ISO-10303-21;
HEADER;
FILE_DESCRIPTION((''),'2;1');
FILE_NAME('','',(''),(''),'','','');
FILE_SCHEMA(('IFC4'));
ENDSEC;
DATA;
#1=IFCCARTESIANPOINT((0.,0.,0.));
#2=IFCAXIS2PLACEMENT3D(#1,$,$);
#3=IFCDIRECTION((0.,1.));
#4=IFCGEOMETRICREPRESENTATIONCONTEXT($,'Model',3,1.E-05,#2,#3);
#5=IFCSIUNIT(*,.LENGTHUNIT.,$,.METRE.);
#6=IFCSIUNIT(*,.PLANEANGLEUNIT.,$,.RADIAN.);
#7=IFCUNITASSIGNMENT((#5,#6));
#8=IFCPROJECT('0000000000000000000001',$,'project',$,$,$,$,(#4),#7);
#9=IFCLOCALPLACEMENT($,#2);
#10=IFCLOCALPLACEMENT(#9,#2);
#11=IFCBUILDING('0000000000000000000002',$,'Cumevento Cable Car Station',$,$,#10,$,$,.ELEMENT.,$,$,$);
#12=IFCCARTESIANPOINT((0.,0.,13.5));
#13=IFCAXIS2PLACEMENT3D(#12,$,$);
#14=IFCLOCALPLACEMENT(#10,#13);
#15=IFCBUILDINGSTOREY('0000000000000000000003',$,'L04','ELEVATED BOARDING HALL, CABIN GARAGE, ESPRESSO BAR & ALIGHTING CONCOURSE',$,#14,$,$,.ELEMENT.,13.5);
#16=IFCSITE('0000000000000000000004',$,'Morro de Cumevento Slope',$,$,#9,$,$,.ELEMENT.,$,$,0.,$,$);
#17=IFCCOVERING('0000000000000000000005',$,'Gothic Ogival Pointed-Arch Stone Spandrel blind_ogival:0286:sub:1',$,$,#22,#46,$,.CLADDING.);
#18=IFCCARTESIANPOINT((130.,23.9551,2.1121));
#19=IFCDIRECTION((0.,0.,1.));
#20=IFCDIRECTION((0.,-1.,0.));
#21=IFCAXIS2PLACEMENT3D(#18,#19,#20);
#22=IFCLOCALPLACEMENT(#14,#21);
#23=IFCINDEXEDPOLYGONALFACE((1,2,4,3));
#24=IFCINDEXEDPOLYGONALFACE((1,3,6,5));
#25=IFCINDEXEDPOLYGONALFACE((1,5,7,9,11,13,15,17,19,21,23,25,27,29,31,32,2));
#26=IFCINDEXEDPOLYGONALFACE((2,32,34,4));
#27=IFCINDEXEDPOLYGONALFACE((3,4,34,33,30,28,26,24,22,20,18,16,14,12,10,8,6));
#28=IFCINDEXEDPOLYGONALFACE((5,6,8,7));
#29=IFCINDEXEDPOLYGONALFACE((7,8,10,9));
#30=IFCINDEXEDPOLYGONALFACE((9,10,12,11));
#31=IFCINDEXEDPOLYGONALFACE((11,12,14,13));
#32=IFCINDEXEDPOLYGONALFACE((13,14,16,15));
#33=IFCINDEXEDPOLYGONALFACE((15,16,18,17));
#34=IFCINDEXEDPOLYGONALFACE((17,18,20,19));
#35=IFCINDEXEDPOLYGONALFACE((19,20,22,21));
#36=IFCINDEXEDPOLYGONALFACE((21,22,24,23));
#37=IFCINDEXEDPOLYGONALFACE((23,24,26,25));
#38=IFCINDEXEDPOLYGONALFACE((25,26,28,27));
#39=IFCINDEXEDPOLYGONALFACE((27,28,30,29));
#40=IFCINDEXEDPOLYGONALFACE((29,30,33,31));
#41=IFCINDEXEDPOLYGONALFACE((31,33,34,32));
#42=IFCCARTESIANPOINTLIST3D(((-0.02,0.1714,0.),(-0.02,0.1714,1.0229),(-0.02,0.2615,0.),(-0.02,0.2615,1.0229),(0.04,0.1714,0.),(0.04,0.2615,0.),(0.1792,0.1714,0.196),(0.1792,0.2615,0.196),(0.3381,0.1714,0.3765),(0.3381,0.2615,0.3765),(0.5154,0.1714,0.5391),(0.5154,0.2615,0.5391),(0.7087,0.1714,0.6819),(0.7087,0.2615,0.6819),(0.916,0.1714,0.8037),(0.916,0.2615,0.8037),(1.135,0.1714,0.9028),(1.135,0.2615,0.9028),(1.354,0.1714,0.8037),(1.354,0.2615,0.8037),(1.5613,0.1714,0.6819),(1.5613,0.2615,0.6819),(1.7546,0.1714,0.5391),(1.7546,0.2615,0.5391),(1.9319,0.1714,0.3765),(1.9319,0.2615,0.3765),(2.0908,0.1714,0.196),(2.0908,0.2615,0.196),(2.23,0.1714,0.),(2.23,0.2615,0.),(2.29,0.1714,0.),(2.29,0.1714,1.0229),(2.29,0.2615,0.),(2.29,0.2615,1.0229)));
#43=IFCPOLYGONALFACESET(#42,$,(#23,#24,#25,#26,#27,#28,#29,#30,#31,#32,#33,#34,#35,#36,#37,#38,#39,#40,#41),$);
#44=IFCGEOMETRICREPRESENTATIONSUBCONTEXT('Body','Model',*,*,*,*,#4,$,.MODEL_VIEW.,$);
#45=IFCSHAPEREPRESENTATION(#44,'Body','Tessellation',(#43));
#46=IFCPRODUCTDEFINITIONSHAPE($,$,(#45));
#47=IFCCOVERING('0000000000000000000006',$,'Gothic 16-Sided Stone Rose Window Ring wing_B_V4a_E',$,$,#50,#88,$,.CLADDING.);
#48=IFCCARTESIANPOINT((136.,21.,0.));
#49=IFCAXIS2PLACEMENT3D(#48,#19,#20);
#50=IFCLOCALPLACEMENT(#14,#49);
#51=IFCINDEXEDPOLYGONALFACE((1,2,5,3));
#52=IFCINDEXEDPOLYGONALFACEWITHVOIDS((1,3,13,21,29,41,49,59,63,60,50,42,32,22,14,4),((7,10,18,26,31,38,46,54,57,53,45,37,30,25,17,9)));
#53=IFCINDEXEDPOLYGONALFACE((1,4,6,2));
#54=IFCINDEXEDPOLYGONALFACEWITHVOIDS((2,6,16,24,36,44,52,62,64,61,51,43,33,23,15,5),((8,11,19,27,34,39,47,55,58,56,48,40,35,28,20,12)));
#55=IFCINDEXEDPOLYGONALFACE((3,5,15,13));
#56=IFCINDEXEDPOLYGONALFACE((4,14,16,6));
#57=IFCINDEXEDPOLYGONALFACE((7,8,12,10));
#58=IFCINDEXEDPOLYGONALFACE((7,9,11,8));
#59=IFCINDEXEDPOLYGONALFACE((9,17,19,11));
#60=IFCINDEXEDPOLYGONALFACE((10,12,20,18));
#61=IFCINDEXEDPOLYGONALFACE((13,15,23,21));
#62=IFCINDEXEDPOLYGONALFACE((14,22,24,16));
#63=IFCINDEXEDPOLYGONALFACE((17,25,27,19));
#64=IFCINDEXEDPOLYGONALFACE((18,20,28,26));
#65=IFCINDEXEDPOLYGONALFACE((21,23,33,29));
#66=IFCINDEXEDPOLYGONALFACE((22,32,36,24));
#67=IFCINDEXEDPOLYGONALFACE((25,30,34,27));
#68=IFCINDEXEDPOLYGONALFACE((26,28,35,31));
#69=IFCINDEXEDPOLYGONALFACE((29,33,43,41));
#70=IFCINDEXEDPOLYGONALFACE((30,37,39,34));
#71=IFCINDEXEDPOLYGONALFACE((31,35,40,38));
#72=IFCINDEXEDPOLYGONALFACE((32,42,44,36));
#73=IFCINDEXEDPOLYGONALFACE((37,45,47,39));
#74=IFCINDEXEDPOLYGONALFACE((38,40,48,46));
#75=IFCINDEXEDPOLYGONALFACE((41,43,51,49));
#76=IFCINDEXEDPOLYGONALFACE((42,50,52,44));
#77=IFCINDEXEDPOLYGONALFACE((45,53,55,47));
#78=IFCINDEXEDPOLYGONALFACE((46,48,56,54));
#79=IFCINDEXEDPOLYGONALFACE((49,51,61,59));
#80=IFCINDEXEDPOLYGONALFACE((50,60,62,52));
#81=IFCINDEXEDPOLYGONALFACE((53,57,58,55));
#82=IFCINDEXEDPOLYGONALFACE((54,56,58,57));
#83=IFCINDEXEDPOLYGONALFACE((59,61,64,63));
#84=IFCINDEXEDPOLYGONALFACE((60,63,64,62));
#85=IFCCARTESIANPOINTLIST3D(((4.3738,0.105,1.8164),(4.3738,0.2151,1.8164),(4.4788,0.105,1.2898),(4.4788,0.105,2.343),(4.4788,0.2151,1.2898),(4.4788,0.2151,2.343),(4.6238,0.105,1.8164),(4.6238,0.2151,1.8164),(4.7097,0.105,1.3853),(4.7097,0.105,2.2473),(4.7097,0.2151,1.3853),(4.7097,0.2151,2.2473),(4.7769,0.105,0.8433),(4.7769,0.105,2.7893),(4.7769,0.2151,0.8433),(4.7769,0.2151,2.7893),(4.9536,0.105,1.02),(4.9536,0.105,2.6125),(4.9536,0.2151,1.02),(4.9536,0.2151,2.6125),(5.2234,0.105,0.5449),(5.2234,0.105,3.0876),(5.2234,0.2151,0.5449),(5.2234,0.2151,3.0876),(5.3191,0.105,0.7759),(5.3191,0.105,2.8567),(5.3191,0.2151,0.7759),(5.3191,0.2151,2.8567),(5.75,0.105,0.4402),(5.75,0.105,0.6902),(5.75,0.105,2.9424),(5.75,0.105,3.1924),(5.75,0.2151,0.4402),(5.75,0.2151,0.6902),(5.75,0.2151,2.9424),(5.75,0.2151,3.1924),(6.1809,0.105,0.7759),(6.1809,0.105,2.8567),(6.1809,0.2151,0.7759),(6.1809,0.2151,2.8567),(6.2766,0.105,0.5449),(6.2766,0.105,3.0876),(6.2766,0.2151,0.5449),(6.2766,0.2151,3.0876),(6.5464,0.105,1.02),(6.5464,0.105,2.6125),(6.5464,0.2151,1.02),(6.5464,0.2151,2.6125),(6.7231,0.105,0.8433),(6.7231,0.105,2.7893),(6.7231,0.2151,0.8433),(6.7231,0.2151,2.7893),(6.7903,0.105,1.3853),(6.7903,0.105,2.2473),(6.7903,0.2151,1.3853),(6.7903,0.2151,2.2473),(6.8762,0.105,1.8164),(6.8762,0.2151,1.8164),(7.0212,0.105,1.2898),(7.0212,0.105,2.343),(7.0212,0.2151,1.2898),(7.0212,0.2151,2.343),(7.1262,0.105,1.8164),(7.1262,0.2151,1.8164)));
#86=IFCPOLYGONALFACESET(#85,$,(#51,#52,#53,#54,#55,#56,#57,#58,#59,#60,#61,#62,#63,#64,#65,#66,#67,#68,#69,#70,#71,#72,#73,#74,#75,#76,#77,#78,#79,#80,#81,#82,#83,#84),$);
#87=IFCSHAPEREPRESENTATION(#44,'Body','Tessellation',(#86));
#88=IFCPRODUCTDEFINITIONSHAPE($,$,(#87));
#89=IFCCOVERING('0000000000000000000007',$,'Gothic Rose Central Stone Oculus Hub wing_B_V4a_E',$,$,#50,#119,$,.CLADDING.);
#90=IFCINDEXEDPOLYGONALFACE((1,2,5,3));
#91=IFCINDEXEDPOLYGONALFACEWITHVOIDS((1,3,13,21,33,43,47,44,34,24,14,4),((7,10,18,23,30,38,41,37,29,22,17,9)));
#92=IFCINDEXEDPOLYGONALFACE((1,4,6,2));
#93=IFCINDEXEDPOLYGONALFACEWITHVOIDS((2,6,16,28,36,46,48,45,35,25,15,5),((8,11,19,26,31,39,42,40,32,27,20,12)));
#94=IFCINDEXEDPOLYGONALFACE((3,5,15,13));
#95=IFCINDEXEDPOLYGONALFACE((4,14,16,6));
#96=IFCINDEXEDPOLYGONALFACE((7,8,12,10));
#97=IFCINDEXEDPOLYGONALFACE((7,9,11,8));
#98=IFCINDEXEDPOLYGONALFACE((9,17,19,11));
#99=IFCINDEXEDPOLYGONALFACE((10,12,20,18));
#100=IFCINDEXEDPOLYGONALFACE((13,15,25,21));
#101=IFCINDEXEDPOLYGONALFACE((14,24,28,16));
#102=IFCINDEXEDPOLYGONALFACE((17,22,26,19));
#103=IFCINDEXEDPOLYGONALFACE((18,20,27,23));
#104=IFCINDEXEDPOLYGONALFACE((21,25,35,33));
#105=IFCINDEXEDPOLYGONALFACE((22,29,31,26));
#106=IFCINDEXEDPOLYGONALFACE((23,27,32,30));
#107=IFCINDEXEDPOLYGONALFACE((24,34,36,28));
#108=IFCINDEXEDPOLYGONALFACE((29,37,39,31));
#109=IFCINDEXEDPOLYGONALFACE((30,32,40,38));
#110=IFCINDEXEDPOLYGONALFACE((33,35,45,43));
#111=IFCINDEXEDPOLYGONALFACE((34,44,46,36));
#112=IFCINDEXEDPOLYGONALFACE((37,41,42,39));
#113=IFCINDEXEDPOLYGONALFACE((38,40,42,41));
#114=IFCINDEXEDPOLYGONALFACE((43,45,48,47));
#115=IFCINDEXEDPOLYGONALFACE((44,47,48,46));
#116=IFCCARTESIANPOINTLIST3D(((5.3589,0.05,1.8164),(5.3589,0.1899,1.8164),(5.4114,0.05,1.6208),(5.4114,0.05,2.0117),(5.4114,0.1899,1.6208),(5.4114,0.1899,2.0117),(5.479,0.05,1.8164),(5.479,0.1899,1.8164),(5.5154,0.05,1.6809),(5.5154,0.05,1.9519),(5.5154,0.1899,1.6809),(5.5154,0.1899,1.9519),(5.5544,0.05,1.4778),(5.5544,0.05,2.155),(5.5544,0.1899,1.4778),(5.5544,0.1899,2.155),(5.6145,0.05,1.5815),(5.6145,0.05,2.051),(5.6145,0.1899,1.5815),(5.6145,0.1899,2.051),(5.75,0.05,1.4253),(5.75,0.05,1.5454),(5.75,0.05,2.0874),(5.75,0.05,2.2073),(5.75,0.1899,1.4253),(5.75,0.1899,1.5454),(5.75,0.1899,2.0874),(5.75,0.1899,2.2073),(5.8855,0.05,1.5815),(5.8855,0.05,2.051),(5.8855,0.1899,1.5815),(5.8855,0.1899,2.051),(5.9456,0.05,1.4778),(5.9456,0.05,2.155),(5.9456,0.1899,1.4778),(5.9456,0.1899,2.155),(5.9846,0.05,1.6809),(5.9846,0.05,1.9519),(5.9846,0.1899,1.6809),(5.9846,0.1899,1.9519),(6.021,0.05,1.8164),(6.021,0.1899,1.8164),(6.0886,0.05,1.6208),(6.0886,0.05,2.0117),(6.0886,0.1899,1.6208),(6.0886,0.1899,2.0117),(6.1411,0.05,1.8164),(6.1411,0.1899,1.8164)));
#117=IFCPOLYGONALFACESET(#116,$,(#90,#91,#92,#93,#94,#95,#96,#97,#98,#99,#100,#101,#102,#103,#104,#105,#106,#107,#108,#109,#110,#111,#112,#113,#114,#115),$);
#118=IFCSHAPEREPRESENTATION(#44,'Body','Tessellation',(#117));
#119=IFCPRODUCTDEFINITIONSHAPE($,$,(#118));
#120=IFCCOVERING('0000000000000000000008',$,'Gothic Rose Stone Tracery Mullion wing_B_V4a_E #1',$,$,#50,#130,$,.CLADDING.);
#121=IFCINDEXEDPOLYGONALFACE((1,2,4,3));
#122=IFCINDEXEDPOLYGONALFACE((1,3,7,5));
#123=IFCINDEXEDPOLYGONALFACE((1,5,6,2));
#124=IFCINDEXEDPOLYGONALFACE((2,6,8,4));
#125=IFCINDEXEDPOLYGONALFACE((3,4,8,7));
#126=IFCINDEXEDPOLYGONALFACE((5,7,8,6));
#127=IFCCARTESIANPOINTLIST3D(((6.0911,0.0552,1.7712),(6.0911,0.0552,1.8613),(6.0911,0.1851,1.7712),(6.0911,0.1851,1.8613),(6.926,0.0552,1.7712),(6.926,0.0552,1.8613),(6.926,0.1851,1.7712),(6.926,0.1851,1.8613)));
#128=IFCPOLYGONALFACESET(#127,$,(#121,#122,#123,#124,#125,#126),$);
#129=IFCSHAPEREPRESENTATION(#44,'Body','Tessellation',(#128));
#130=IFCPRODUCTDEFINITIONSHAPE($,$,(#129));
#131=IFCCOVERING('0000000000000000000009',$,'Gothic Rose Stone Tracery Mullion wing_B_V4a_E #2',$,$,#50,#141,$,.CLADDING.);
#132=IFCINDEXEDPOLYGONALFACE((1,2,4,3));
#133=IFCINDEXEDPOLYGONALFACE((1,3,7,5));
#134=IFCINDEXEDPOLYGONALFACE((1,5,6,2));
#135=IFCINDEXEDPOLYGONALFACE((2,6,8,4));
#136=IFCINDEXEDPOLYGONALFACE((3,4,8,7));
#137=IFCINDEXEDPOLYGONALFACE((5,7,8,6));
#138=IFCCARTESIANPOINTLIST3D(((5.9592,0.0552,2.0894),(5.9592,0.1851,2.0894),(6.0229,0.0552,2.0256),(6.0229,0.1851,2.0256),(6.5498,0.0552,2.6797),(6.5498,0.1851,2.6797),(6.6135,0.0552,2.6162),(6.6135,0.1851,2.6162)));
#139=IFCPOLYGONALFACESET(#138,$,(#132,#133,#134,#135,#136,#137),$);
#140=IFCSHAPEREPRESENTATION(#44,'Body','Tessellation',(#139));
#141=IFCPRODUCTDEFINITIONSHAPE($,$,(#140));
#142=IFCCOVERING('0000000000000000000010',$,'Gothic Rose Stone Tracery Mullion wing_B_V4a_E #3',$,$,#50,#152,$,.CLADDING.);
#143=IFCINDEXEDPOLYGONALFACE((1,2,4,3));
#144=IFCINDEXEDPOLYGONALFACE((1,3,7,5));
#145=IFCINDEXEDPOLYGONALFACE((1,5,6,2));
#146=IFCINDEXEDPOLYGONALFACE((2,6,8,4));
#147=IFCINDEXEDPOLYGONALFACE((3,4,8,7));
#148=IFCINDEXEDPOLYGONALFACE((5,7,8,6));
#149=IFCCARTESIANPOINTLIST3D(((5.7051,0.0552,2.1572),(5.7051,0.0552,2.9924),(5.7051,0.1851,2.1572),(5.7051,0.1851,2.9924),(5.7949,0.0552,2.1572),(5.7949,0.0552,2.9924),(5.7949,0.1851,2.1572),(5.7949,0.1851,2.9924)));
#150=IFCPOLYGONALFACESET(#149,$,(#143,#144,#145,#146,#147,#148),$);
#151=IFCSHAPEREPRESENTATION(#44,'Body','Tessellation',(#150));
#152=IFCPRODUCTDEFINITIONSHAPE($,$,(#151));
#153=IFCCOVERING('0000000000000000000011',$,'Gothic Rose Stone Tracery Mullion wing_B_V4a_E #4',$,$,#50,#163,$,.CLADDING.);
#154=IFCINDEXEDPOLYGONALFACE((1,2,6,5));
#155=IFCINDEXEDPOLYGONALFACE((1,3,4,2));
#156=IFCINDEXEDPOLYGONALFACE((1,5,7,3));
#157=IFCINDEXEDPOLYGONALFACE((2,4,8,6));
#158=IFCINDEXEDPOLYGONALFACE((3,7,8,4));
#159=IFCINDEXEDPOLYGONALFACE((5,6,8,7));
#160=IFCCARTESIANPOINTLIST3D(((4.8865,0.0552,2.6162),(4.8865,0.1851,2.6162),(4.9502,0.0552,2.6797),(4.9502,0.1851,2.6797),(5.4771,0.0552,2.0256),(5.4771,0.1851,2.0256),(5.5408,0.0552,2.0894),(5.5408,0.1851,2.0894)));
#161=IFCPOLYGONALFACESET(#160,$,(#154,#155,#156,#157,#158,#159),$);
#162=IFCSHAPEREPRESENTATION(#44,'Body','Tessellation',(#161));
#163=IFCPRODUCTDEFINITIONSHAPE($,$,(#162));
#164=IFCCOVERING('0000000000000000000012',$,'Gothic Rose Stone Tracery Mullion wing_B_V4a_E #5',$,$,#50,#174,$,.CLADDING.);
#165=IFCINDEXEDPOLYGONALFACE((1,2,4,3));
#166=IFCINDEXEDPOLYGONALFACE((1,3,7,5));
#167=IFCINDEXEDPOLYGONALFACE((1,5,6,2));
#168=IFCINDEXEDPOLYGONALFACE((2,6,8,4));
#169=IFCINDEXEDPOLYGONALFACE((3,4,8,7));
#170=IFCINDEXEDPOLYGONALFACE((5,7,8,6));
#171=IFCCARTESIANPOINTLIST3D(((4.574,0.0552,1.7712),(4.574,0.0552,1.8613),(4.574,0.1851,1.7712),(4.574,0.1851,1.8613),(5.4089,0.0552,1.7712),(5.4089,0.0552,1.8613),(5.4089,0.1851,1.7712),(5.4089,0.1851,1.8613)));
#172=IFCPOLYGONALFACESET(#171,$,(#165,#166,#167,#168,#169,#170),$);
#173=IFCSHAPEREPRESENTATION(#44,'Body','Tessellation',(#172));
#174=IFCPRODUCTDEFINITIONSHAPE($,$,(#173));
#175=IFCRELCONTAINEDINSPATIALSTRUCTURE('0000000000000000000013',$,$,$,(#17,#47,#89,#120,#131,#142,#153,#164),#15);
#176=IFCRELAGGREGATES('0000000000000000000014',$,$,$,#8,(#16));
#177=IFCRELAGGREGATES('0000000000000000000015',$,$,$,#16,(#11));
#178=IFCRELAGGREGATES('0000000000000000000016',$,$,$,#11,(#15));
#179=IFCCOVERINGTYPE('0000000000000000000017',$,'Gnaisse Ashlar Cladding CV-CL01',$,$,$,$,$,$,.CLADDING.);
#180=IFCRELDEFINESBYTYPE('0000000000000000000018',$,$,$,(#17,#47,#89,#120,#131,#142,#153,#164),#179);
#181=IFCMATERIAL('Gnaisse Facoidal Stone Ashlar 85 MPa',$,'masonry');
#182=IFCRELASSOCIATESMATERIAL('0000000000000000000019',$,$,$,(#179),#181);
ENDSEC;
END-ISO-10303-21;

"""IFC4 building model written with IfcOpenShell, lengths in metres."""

from ifc_helpers import new_model, si_unit, direction, frame, origin, place, context, subcontext, project, spatial, polyline, outline, extrude, material, type_object, element, save


model = new_model("IFC4")

# Units and contexts
model_context = context("Model", 3, precision=1e-05, world=origin(), true_north=direction((0.0, 1.0)))
body_context = subcontext(model_context, "Body", "Model", "MODEL_VIEW")
ifc_project = project(units=[si_unit("LENGTHUNIT", "METRE"), si_unit("PLANEANGLEUNIT", "RADIAN")], contexts=[model_context])

# Site, building, storey
site_placement = place(None, origin())
site = spatial("IfcSite", under=ifc_project, at=site_placement, Name="Morro de Cumevento Slope", CompositionType="ELEMENT", RefElevation=0.0)
building_placement = place(site_placement, origin())
building = spatial("IfcBuilding", under=site, at=building_placement, Name="Cumevento Cable Car Station", CompositionType="ELEMENT")
storey_placement = place(building_placement, frame((0.0, 0.0, 13.5)))
storey = spatial("IfcBuildingStorey", under=building, at=storey_placement, Name="L04", Description="ELEVATED BOARDING HALL, CABIN GARAGE, ESPRESSO BAR & ALIGHTING CONCOURSE", CompositionType="ELEMENT", Elevation=13.5)

# Coverings
ifc_material_1 = material(Name="Gnaisse Facoidal Stone Ashlar 85 MPa", Category="masonry")
covering_type = type_object("IfcCoveringType", Name="Gnaisse Ashlar Cladding CV-CL01", PredefinedType="CLADDING", material=ifc_material_1)
covering_1_placement = place(storey_placement, frame((130.0, 23.9551, 2.1121), z_axis=(0.0, 0.0, 1.0), x_axis=(0.0, -1.0, 0.0)))
element("IfcCovering", 1, at=covering_1_placement, inside=storey, type_object=covering_type, Name="Gothic Ogival Pointed-Arch Stone Spandrel blind_ogival:0286:sub:1", PredefinedType="CLADDING", context=body_context, shape_type="SweptSolid", body=[
    extrude(outline(polyline([(-0.02, 0.0), (-0.02, 1.0229), (2.29, 1.0229), (2.29, 0.0), (2.23, 0.0), (2.0908, 0.196), (1.9319, 0.3765), (1.7546, 0.5391), (1.5613, 0.6819), (1.354, 0.8037), (1.135, 0.9028), (0.916, 0.8037), (0.7087, 0.6819), (0.5154, 0.5391), (0.3381, 0.3765), (0.1792, 0.196), (0.04, 0.0), (-0.02, 0.0)])), frame((0.0, 0.2615, 0.0), z_axis=(0.0, -1.0, 0.0), x_axis=(1.0, 0.0, 0.0)), (0.0, 0.0, 1.0), 0.0901),
])
placement = place(storey_placement, frame((136.0, 21.0, 0.0), z_axis=(0.0, 0.0, 1.0), x_axis=(0.0, -1.0, 0.0)))
element("IfcCovering", 2, at=placement, inside=storey, type_object=covering_type, Name="Gothic 16-Sided Stone Rose Window Ring wing_B_V4a_E", PredefinedType="CLADDING", context=body_context, shape_type="SweptSolid", body=[
    extrude(outline(polyline([(7.1262, 1.8164), (7.0212, 2.343), (6.7231, 2.7893), (6.2766, 3.0876), (5.75, 3.1924), (5.2234, 3.0876), (4.7769, 2.7893), (4.4788, 2.343), (4.3738, 1.8164), (4.4788, 1.2898), (4.7769, 0.8433), (5.2234, 0.5449), (5.75, 0.4402), (6.2766, 0.5449), (6.7231, 0.8433), (7.0212, 1.2898), (7.1262, 1.8164)]), holes=[polyline([(6.8762, 1.8164), (6.7903, 2.2473), (6.5464, 2.6125), (6.1809, 2.8567), (5.75, 2.9424), (5.3191, 2.8567), (4.9536, 2.6125), (4.7097, 2.2473), (4.6238, 1.8164), (4.7097, 1.3853), (4.9536, 1.02), (5.3191, 0.7759), (5.75, 0.6902), (6.1809, 0.7759), (6.5464, 1.02), (6.7903, 1.3853), (6.8762, 1.8164)])]), frame((0.0, 0.2151, 0.0), z_axis=(0.0, -1.0, 0.0), x_axis=(1.0, 0.0, 0.0)), (0.0, 0.0, 1.0), 0.1101),
])
element("IfcCovering", 3, at=placement, inside=storey, type_object=covering_type, Name="Gothic Rose Central Stone Oculus Hub wing_B_V4a_E", PredefinedType="CLADDING", context=body_context, shape_type="SweptSolid", body=[
    extrude(outline(polyline([(6.1411, 1.8164), (6.0886, 2.0117), (5.9456, 2.155), (5.75, 2.2073), (5.5544, 2.155), (5.4114, 2.0117), (5.3589, 1.8164), (5.4114, 1.6208), (5.5544, 1.4778), (5.75, 1.4253), (5.9456, 1.4778), (6.0886, 1.6208), (6.1411, 1.8164)]), holes=[polyline([(6.021, 1.8164), (5.9846, 1.9519), (5.8855, 2.051), (5.75, 2.0874), (5.6145, 2.051), (5.5154, 1.9519), (5.479, 1.8164), (5.5154, 1.6809), (5.6145, 1.5815), (5.75, 1.5454), (5.8855, 1.5815), (5.9846, 1.6809), (6.021, 1.8164)])]), frame((0.0, 0.1899, 0.0), z_axis=(0.0, -1.0, 0.0), x_axis=(1.0, 0.0, 0.0)), (0.0, 0.0, 1.0), 0.1399),
])
element("IfcCovering", 4, at=placement, inside=storey, type_object=covering_type, Name="Gothic Rose Stone Tracery Mullion wing_B_V4a_E #1", PredefinedType="CLADDING", context=body_context, shape_type="SweptSolid", body=[
    extrude(outline(polyline([(6.0911, 1.8613), (6.926, 1.8613), (6.926, 1.7712), (6.0911, 1.7712), (6.0911, 1.8613)])), frame((0.0, 0.1851, 0.0), z_axis=(0.0, -1.0, 0.0), x_axis=(1.0, 0.0, 0.0)), (0.0, 0.0, 1.0), 0.1299),
])
element("IfcCovering", 5, at=placement, inside=storey, type_object=covering_type, Name="Gothic Rose Stone Tracery Mullion wing_B_V4a_E #2", PredefinedType="CLADDING", context=body_context, shape_type="SweptSolid", body=[
    extrude(outline(polyline([(5.9592, 2.0894), (6.5498, 2.6797), (6.6135, 2.6162), (6.0229, 2.0256), (5.9592, 2.0894)])), frame((0.0, 0.1851, 0.0), z_axis=(0.0, -1.0, 0.0), x_axis=(1.0, 0.0, 0.0)), (0.0, 0.0, 1.0), 0.1299),
])
element("IfcCovering", 6, at=placement, inside=storey, type_object=covering_type, Name="Gothic Rose Stone Tracery Mullion wing_B_V4a_E #3", PredefinedType="CLADDING", context=body_context, shape_type="SweptSolid", body=[
    extrude(outline(polyline([(5.7051, 2.1572), (5.7051, 2.9924), (5.7949, 2.9924), (5.7949, 2.1572), (5.7051, 2.1572)])), frame((0.0, 0.1851, 0.0), z_axis=(0.0, -1.0, 0.0), x_axis=(1.0, 0.0, 0.0)), (0.0, 0.0, 1.0), 0.1299),
])
element("IfcCovering", 7, at=placement, inside=storey, type_object=covering_type, Name="Gothic Rose Stone Tracery Mullion wing_B_V4a_E #4", PredefinedType="CLADDING", context=body_context, shape_type="SweptSolid", body=[
    extrude(outline(polyline([(5.4771, 2.0256), (4.8865, 2.6162), (4.9502, 2.6797), (5.5408, 2.0894), (5.4771, 2.0256)])), frame((0.0, 0.1851, 0.0), z_axis=(0.0, -1.0, 0.0), x_axis=(1.0, 0.0, 0.0)), (0.0, 0.0, 1.0), 0.1299),
])
element("IfcCovering", 8, at=placement, inside=storey, type_object=covering_type, Name="Gothic Rose Stone Tracery Mullion wing_B_V4a_E #5", PredefinedType="CLADDING", context=body_context, shape_type="SweptSolid", body=[
    extrude(outline(polyline([(5.4089, 1.7712), (4.574, 1.7712), (4.574, 1.8613), (5.4089, 1.8613), (5.4089, 1.7712)])), frame((0.0, 0.1851, 0.0), z_axis=(0.0, -1.0, 0.0), x_axis=(1.0, 0.0, 0.0)), (0.0, 0.0, 1.0), 0.1299),
])

save(model, "model.ifc")
